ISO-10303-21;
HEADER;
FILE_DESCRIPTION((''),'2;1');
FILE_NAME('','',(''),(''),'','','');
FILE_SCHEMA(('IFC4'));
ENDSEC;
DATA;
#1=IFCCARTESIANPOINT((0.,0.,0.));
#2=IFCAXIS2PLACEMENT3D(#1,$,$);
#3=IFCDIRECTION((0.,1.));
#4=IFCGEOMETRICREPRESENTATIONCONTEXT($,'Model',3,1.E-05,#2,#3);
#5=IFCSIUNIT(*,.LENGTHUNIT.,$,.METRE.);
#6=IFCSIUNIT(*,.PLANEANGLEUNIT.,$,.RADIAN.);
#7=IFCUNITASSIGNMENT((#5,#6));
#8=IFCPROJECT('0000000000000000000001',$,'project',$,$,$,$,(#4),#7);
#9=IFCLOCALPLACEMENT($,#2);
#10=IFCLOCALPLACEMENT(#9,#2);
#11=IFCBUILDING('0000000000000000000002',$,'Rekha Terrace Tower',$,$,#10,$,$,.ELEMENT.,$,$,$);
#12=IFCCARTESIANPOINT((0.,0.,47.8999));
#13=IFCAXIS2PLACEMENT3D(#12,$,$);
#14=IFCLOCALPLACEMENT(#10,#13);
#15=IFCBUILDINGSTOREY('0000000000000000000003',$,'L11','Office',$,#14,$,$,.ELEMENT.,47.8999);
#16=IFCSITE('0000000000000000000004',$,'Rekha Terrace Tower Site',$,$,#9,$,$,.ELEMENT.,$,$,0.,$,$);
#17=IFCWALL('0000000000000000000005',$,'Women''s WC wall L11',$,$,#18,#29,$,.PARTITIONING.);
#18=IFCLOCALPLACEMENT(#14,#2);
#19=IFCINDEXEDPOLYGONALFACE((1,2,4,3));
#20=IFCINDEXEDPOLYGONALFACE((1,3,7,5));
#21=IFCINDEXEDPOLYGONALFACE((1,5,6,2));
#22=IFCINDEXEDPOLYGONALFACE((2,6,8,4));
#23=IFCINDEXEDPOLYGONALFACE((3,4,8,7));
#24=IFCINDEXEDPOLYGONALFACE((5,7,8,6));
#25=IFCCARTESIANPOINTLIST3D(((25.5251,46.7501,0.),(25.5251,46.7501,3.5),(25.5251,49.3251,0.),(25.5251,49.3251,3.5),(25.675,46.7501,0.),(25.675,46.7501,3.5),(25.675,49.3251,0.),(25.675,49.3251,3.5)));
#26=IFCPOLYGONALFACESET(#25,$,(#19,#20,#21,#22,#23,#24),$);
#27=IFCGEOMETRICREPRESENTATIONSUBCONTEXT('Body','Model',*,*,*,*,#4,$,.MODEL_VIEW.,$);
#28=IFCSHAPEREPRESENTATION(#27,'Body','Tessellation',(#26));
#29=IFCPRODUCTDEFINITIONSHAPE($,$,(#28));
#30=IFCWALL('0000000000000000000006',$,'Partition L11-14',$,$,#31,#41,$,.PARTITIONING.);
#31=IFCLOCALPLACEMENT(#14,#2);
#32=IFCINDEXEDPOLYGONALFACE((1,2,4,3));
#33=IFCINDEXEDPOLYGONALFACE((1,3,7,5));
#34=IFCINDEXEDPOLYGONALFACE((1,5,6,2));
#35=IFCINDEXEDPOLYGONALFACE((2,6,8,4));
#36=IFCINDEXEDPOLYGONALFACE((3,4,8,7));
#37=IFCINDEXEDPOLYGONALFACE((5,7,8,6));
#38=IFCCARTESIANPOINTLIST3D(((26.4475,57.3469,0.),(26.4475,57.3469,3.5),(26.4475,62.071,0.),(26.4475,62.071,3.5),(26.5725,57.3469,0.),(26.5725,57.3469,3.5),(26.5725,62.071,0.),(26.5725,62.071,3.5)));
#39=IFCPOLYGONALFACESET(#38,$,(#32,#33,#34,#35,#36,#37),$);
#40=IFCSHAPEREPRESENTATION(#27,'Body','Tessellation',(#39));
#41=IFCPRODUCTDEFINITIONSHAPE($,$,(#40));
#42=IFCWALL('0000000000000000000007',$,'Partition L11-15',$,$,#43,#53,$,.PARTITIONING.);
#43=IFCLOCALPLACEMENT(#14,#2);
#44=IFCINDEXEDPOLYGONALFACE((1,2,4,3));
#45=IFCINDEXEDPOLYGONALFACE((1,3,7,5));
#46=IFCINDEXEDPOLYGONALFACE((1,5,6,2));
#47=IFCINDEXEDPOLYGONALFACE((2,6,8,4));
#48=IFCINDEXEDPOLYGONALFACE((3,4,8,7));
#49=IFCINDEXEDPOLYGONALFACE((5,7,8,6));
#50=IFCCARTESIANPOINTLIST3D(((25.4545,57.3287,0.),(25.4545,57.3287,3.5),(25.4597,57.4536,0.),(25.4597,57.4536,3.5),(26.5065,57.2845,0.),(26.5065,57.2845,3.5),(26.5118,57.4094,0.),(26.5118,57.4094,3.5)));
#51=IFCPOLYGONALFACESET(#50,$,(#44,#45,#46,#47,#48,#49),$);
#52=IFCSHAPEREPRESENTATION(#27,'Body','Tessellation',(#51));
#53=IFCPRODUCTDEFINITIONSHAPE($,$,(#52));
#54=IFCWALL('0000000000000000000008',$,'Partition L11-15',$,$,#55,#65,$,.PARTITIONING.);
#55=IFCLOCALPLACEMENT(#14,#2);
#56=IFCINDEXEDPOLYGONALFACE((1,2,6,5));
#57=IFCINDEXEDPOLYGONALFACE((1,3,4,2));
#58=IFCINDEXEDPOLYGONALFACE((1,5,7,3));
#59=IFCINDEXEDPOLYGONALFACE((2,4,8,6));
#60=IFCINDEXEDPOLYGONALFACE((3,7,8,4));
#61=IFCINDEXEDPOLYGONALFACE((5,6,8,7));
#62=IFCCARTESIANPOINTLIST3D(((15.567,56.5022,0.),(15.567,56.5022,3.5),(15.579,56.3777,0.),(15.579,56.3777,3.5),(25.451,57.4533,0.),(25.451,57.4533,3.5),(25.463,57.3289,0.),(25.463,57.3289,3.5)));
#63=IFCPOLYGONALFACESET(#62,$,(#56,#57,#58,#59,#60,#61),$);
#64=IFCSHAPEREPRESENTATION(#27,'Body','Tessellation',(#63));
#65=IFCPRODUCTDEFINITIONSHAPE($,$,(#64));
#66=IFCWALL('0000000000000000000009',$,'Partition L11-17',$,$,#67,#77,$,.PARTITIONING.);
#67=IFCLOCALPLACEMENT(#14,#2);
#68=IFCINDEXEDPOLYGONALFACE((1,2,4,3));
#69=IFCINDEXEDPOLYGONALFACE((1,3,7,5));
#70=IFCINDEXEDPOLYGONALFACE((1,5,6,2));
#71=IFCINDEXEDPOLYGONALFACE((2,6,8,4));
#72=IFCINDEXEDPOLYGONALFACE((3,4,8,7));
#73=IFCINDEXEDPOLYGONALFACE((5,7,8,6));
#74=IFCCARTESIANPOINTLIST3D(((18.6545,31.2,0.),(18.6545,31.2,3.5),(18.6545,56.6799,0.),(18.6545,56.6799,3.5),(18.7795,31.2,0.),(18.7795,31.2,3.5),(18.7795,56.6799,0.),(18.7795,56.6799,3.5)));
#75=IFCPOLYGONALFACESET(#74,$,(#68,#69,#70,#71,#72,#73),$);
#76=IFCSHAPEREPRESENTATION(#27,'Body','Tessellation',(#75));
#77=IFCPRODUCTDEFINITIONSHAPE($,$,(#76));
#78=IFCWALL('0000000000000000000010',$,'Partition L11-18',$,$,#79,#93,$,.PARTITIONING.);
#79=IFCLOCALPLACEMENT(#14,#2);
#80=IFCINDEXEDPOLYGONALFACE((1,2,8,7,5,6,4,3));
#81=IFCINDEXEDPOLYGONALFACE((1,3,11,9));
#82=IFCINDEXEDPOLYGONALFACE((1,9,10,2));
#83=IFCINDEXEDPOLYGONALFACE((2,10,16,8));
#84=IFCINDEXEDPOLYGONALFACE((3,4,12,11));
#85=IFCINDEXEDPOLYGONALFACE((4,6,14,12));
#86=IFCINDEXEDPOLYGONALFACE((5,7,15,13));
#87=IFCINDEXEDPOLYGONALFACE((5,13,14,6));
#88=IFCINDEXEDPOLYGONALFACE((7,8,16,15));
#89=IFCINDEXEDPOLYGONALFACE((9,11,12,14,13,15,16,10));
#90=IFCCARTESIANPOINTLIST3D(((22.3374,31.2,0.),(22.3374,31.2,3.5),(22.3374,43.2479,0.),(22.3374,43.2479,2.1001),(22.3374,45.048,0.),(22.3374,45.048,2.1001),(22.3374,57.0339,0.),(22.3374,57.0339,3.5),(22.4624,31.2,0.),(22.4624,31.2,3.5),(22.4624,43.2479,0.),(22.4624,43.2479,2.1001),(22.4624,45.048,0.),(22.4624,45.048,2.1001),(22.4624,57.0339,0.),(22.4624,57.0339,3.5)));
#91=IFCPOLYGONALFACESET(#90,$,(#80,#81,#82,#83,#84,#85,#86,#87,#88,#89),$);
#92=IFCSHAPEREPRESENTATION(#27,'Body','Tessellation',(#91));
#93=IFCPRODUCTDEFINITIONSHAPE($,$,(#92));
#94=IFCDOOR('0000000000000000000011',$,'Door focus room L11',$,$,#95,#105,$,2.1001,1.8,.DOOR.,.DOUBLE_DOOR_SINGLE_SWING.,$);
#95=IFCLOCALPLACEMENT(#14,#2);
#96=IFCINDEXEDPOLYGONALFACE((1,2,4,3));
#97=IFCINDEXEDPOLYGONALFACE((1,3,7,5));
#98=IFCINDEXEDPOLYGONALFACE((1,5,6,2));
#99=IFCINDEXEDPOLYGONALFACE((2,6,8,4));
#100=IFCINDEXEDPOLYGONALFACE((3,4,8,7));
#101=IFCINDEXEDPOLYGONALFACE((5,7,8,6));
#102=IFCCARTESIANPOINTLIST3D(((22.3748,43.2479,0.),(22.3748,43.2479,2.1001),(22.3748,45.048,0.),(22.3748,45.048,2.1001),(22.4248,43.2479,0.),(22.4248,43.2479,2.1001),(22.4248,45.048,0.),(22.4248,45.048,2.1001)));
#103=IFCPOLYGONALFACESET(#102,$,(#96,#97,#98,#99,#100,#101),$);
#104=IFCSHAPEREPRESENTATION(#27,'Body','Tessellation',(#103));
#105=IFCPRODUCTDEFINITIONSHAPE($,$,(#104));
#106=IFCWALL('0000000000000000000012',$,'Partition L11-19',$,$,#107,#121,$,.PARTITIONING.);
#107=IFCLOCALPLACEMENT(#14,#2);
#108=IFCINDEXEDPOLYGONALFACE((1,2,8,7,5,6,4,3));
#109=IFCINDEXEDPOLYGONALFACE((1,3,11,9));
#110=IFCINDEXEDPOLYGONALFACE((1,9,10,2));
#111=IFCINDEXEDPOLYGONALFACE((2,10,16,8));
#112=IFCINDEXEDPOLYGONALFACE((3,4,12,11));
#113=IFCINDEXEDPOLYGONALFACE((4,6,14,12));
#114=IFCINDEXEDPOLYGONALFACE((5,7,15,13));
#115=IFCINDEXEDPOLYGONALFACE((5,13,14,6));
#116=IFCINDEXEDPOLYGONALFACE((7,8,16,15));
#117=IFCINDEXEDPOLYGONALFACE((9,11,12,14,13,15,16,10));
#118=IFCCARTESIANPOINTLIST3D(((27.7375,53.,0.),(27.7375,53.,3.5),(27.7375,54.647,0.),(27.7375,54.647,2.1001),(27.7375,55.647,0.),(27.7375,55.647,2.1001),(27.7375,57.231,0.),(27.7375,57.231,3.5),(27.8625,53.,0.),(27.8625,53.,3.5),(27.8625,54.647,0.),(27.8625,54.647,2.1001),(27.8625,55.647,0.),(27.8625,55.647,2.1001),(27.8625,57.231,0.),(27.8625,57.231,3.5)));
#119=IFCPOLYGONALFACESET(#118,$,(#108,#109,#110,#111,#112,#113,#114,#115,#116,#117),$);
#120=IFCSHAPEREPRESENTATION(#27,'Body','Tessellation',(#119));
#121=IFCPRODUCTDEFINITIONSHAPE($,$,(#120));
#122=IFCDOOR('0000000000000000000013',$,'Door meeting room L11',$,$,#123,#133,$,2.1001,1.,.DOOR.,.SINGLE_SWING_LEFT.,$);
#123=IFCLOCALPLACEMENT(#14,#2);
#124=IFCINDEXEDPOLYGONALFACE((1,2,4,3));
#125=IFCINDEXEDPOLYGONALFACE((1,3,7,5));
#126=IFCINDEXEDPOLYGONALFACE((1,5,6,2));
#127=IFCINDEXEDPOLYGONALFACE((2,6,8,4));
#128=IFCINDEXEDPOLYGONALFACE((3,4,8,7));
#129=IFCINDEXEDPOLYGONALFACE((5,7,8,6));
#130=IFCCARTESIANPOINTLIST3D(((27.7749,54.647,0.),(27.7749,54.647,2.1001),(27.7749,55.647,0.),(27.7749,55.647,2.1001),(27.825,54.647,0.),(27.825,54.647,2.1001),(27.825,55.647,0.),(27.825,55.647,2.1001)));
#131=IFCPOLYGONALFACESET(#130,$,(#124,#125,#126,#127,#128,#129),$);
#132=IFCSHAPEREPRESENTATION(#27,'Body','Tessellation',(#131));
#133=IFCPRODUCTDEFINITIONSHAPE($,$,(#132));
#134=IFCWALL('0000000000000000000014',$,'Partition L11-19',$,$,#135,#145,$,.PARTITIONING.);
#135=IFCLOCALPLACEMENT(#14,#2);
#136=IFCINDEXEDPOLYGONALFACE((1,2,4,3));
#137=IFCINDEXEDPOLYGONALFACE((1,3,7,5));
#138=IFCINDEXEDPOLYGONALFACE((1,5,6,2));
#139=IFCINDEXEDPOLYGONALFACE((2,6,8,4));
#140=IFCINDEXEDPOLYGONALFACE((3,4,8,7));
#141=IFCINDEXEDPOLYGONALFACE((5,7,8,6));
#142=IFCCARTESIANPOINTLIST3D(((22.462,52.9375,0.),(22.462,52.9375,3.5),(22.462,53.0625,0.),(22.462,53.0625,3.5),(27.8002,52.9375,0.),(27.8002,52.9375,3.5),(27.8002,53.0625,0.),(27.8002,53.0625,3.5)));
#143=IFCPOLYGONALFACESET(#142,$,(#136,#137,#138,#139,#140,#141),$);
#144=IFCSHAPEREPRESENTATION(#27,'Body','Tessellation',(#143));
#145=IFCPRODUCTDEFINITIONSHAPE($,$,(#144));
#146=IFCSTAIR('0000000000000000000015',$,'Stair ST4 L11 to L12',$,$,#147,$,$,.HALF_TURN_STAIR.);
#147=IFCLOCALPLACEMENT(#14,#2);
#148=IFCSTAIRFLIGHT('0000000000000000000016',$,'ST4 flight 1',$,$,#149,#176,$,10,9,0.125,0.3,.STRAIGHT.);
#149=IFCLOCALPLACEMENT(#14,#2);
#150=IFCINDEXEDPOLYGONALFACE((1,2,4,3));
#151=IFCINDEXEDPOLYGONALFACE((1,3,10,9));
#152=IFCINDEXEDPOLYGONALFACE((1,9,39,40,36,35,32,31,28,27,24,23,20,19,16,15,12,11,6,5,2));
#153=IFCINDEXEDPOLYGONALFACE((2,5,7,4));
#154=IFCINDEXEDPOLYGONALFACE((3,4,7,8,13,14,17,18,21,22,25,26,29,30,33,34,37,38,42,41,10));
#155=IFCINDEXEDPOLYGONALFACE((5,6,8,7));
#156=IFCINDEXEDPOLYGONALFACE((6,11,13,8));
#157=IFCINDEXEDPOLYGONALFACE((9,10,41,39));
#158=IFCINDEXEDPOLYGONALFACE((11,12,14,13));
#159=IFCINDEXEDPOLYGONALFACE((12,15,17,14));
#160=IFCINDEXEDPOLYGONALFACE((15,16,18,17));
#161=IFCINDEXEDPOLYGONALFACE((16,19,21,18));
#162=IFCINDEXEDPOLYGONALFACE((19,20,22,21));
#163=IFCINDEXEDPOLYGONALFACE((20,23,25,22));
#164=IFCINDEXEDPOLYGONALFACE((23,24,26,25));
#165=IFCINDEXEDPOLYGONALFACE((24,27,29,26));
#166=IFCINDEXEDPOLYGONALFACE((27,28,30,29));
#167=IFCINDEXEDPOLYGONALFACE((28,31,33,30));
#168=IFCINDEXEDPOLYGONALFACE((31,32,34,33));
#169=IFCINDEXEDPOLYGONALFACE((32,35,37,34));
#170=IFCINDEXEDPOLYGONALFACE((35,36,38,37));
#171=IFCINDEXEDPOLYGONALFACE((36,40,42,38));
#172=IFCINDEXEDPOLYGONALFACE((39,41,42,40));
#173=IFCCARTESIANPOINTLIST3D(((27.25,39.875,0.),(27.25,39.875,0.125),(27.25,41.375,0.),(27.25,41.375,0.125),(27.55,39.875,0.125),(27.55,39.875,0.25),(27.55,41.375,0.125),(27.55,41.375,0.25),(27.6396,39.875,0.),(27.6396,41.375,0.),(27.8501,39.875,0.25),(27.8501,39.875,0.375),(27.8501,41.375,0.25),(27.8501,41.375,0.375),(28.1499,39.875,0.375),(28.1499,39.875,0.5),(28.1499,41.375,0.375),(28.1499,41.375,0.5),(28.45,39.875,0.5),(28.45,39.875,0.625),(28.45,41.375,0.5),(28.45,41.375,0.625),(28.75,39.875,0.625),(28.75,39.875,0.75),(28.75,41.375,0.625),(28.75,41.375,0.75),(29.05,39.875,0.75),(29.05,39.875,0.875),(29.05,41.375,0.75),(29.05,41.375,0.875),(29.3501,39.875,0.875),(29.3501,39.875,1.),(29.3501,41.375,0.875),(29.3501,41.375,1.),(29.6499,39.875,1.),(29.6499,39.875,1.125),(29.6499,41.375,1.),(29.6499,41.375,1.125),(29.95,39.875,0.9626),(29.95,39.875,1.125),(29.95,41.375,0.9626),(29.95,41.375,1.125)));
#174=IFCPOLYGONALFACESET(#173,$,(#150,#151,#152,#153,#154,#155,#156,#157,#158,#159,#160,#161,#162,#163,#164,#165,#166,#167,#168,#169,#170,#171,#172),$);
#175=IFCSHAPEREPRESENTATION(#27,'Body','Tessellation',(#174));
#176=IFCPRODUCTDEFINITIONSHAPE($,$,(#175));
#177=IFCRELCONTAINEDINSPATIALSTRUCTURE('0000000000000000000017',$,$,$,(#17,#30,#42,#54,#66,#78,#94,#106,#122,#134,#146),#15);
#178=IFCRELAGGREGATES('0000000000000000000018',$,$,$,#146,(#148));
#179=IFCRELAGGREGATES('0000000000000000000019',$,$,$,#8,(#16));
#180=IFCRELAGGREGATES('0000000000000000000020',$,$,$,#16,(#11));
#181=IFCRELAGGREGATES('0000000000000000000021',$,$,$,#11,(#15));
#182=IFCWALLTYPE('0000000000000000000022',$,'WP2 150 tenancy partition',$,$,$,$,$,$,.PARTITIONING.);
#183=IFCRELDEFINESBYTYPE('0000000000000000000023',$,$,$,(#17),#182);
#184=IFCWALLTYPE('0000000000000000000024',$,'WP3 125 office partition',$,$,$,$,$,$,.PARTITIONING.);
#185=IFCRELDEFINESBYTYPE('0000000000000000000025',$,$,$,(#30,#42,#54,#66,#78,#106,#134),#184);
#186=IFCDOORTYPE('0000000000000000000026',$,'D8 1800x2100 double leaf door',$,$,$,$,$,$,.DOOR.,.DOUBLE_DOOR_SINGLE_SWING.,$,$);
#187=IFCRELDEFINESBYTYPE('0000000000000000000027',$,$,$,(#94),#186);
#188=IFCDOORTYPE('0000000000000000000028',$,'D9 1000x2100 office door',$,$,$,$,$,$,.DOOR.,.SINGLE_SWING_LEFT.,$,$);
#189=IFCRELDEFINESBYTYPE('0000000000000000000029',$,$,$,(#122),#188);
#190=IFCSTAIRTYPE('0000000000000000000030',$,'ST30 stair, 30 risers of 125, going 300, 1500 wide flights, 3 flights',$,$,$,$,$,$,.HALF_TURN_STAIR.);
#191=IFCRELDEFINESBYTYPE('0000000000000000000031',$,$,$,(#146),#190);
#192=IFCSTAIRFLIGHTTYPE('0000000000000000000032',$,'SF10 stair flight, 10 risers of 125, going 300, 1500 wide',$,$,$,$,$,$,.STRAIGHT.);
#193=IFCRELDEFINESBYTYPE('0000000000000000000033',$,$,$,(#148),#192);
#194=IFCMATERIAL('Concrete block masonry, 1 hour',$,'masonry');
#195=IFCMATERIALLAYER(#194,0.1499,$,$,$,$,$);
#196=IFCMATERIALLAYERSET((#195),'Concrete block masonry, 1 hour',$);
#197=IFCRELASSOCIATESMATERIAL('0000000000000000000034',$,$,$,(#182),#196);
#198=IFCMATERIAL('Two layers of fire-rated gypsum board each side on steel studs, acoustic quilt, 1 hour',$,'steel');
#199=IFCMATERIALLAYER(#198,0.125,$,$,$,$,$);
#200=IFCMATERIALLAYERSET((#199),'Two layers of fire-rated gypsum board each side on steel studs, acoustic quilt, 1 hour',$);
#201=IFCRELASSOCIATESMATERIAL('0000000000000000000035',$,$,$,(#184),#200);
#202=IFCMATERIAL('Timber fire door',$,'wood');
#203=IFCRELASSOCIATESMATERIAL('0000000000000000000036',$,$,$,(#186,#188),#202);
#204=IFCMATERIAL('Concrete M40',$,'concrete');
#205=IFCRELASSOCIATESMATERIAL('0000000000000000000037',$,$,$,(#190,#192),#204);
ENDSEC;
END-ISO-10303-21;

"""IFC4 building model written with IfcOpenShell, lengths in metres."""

from ifc_helpers import new_model, si_unit, direction, frame, frame_2d, origin, place, context, subcontext, project, spatial, polyline, rectangle, outline, extrude, material, layer, layer_set, type_object, element, fill, aggregate, save


model = new_model("IFC4")

# Units and contexts
model_context = context("Model", 3, precision=1e-05, world=origin(), true_north=direction((0.0, 1.0)))
body_context = subcontext(model_context, "Body", "Model", "MODEL_VIEW")
ifc_project = project(units=[si_unit("LENGTHUNIT", "METRE"), si_unit("PLANEANGLEUNIT", "RADIAN")], contexts=[model_context])

# Site, building, storey
site_placement = place(None, origin())
site = spatial("IfcSite", under=ifc_project, at=site_placement, Name="Rekha Terrace Tower Site", CompositionType="ELEMENT", RefElevation=0.0)
building_placement = place(site_placement, origin())
building = spatial("IfcBuilding", under=site, at=building_placement, Name="Rekha Terrace Tower", CompositionType="ELEMENT")
storey_placement = place(building_placement, frame((0.0, 0.0, 47.8999)))
storey = spatial("IfcBuildingStorey", under=building, at=storey_placement, Name="L11", Description="Office", CompositionType="ELEMENT", Elevation=47.8999)

# Shared definitions
ifc_material_1 = material(Name="Concrete block masonry, 1 hour", Category="masonry")
ifc_layer_1 = layer(ifc_material_1, 0.1499)
ifc_layer_set_1 = layer_set([ifc_layer_1], Name="Concrete block masonry, 1 hour")
wall_type_1 = type_object("IfcWallType", Name="WP2 150 tenancy partition", PredefinedType="PARTITIONING", material=ifc_layer_set_1)

# Walls
wall_1_placement = place(storey_placement, frame((25.6001, 46.75, 0.0), z_axis=(0.0, 0.0, 1.0), x_axis=(0.0, 1.0, 0.0)))
element("IfcWall", 1, at=wall_1_placement, inside=storey, type_object=wall_type_1, Name="Women's WC wall L11", PredefinedType="PARTITIONING", context=body_context, shape_type="SweptSolid", body=[
    extrude(rectangle(XDim=2.575, YDim=0.1499, at=frame_2d((1.2876, 0.0))), origin(), (0.0, 0.0, 1.0), 3.5),
])
ifc_material_2 = material(Name="Two layers of fire-rated gypsum board each side on steel studs, acoustic quilt, 1 hour", Category="steel")
ifc_layer_2 = layer(ifc_material_2, 0.125)
ifc_layer_set_2 = layer_set([ifc_layer_2], Name="Two layers of fire-rated gypsum board each side on steel studs, acoustic quilt, 1 hour")
wall_type_2 = type_object("IfcWallType", Name="WP3 125 office partition", PredefinedType="PARTITIONING", material=ifc_layer_set_2)
wall_2_placement = place(storey_placement, frame((26.51, 57.3469, 0.0), z_axis=(0.0, 0.0, 1.0), x_axis=(0.0, 1.0, 0.0)))
element("IfcWall", 2, at=wall_2_placement, inside=storey, type_object=wall_type_2, Name="Partition L11-14", PredefinedType="PARTITIONING", context=body_context, shape_type="SweptSolid", body=[
    extrude(rectangle(XDim=4.7241, YDim=0.125, at=frame_2d((2.3621, 0.0))), origin(), (0.0, 0.0, 1.0), 3.5),
])
wall_3_placement = place(storey_placement, frame((26.509, 57.3469, 0.0), z_axis=(0.0, 0.0, 1.0), x_axis=(-0.999119, 0.041968, 0.0)))
element("IfcWall", 3, at=wall_3_placement, inside=storey, type_object=wall_type_2, Name="Partition L11-15", PredefinedType="PARTITIONING", context=body_context, shape_type="SweptSolid", body=[
    extrude(rectangle(XDim=1.053, YDim=0.125, at=frame_2d((0.5264, 0.0))), origin(), (0.0, 0.0, 1.0), 3.5),
])
wall_4_placement = place(storey_placement, frame((25.457, 57.3911, 0.0), z_axis=(0.0, 0.0, 1.0), x_axis=(-0.995402, -0.095791, 0.0)))
element("IfcWall", 4, at=wall_4_placement, inside=storey, type_object=wall_type_2, Name="Partition L11-15", PredefinedType="PARTITIONING", context=body_context, shape_type="SweptSolid", body=[
    extrude(rectangle(XDim=9.9297, YDim=0.125, at=frame_2d((4.9648, 0.0))), origin(), (0.0, 0.0, 1.0), 3.5),
])
wall_5_placement = place(storey_placement, frame((18.717, 56.6799, 0.0), z_axis=(0.0, 0.0, 1.0), x_axis=(0.0, -1.0, 0.0)))
element("IfcWall", 5, at=wall_5_placement, inside=storey, type_object=wall_type_2, Name="Partition L11-17", PredefinedType="PARTITIONING", context=body_context, shape_type="SweptSolid", body=[
    extrude(rectangle(XDim=25.48, YDim=0.125, at=frame_2d((12.74, 0.0))), origin(), (0.0, 0.0, 1.0), 3.5),
])

# Walls, openings, doors
wall_6_placement = place(storey_placement, frame((22.3999, 57.0339, 0.0), z_axis=(0.0, 0.0, 1.0), x_axis=(0.0, -1.0, 0.0)))
wall_6 = element("IfcWall", 6, at=wall_6_placement, inside=storey, type_object=wall_type_2, Name="Partition L11-18", PredefinedType="PARTITIONING", context=body_context, shape_type="SweptSolid", body=[
    extrude(rectangle(XDim=25.834, YDim=0.125, at=frame_2d((12.917, 0.0))), origin(), (0.0, 0.0, 1.0), 3.5),
])
opening_1_placement = place(wall_6_placement, frame((11.9861, 0.0, 0.0)))
opening_1 = element("IfcOpeningElement", 7, at=opening_1_placement, cuts=wall_6, PredefinedType="OPENING", context=body_context, shape_type="SweptSolid", body=[
    extrude(rectangle(XDim=1.8, YDim=2.1001, at=frame_2d((0.8999, 1.05))), frame((0.0, 0.0725, 0.0), z_axis=(0.0, -1.0, 0.0), x_axis=(1.0, 0.0, 0.0)), (0.0, 0.0, 1.0), 0.145),
])
ifc_material_3 = material(Name="Timber fire door", Category="wood")
door_type_1 = type_object("IfcDoorType", Name="D8 1800x2100 double leaf door", OperationType="DOUBLE_DOOR_SINGLE_SWING", PredefinedType="DOOR", material=ifc_material_3)
door_1_placement = place(opening_1_placement, origin())
door_1 = element("IfcDoor", 8, at=door_1_placement, inside=storey, type_object=door_type_1, Name="Door focus room L11", OperationType="DOUBLE_DOOR_SINGLE_SWING", OverallHeight=2.1001, OverallWidth=1.8, PredefinedType="DOOR", context=body_context, shape_type="SweptSolid", body=[
    extrude(rectangle(XDim=1.8, YDim=2.1001, at=frame_2d((0.8999, 1.05))), frame((0.0, 0.0249, 0.0), z_axis=(0.0, -1.0, 0.0), x_axis=(1.0, 0.0, 0.0)), (0.0, 0.0, 1.0), 0.05),
])
fill(opening_1, door_1)
wall_7_placement = place(storey_placement, frame((27.8, 57.231, 0.0), z_axis=(0.0, 0.0, 1.0), x_axis=(0.0, -1.0, 0.0)))
wall_7 = element("IfcWall", 9, at=wall_7_placement, inside=storey, type_object=wall_type_2, Name="Partition L11-19", PredefinedType="PARTITIONING", context=body_context, shape_type="SweptSolid", body=[
    extrude(rectangle(XDim=4.231, YDim=0.125, at=frame_2d((2.1155, 0.0))), origin(), (0.0, 0.0, 1.0), 3.5),
])
opening_2_placement = place(wall_7_placement, frame((1.584, 0.0, 0.0)))
opening_2 = element("IfcOpeningElement", 10, at=opening_2_placement, cuts=wall_7, PredefinedType="OPENING", context=body_context, shape_type="SweptSolid", body=[
    extrude(rectangle(XDim=1.0, YDim=2.1001, at=frame_2d((0.5, 1.05))), frame((0.0, 0.0725, 0.0), z_axis=(0.0, -1.0, 0.0), x_axis=(1.0, 0.0, 0.0)), (0.0, 0.0, 1.0), 0.145),
])
door_type_2 = type_object("IfcDoorType", Name="D9 1000x2100 office door", OperationType="SINGLE_SWING_LEFT", PredefinedType="DOOR", material=ifc_material_3)
door_2_placement = place(opening_2_placement, origin())
door_2 = element("IfcDoor", 11, at=door_2_placement, inside=storey, type_object=door_type_2, Name="Door meeting room L11", OperationType="SINGLE_SWING_LEFT", OverallHeight=2.1001, OverallWidth=1.0, PredefinedType="DOOR", context=body_context, shape_type="SweptSolid", body=[
    extrude(rectangle(XDim=1.0, YDim=2.1001, at=frame_2d((0.5, 1.05))), frame((0.0, 0.0249, 0.0), z_axis=(0.0, -1.0, 0.0), x_axis=(1.0, 0.0, 0.0)), (0.0, 0.0, 1.0), 0.05),
])
fill(opening_2, door_2)

# Wall
wall_8_placement = place(storey_placement, frame((27.8, 53.0, 0.0), z_axis=(0.0, 0.0, 1.0), x_axis=(-1.0, 0.0, 0.0)))
element("IfcWall", 12, at=wall_8_placement, inside=storey, type_object=wall_type_2, Name="Partition L11-19", PredefinedType="PARTITIONING", context=body_context, shape_type="SweptSolid", body=[
    extrude(rectangle(XDim=5.3381, YDim=0.125, at=frame_2d((2.6689, 0.0))), origin(), (0.0, 0.0, 1.0), 3.5),
])

# Stair, stair flight
ifc_material_4 = material(Name="Concrete M40", Category="concrete")
stair_type = type_object("IfcStairType", Name="ST30 stair, 30 risers of 125, going 300, 1500 wide flights, 3 flights", PredefinedType="HALF_TURN_STAIR", material=ifc_material_4)
stair_placement = place(storey_placement, origin())
stair = element("IfcStair", 13, at=stair_placement, inside=storey, type_object=stair_type, Name="Stair ST4 L11 to L12", PredefinedType="HALF_TURN_STAIR")
stair_flight_type = type_object("IfcStairFlightType", Name="SF10 stair flight, 10 risers of 125, going 300, 1500 wide", PredefinedType="STRAIGHT", material=ifc_material_4)
stair_flight_1_placement = place(storey_placement, frame((27.25, 40.625, 0.0), z_axis=(0.0, 0.0, 1.0), x_axis=(1.0, 0.0, 0.0)))
stair_flight_1 = element("IfcStairFlight", 14, at=stair_flight_1_placement, type_object=stair_flight_type, Name="ST4 flight 1", NumberOfRisers=10, NumberOfTreads=9, PredefinedType="STRAIGHT", RiserHeight=0.125, TreadLength=0.3, context=body_context, shape_type="SweptSolid", body=[
    extrude(outline(polyline([(0.0, 0.0), (0.0, 0.125), (0.3, 0.125), (0.3, 0.25), (0.6001, 0.25), (0.6001, 0.375), (0.8999, 0.375), (0.8999, 0.5), (1.2, 0.5), (1.2, 0.625), (1.5, 0.625), (1.5, 0.75), (1.8, 0.75), (1.8, 0.875), (2.1001, 0.875), (2.1001, 1.0), (2.3999, 1.0), (2.3999, 1.125), (2.7, 1.125), (2.7, 1.25), (2.7, 0.9626), (0.3896, 0.0), (0.0, 0.0)])), frame((0.0, 0.75, 0.0), z_axis=(0.0, -1.0, 0.0), x_axis=(1.0, 0.0, 0.0)), (0.0, 0.0, 1.0), 1.5),
])
aggregate(stair, [stair_flight_1])

save(model, "model.ifc")
